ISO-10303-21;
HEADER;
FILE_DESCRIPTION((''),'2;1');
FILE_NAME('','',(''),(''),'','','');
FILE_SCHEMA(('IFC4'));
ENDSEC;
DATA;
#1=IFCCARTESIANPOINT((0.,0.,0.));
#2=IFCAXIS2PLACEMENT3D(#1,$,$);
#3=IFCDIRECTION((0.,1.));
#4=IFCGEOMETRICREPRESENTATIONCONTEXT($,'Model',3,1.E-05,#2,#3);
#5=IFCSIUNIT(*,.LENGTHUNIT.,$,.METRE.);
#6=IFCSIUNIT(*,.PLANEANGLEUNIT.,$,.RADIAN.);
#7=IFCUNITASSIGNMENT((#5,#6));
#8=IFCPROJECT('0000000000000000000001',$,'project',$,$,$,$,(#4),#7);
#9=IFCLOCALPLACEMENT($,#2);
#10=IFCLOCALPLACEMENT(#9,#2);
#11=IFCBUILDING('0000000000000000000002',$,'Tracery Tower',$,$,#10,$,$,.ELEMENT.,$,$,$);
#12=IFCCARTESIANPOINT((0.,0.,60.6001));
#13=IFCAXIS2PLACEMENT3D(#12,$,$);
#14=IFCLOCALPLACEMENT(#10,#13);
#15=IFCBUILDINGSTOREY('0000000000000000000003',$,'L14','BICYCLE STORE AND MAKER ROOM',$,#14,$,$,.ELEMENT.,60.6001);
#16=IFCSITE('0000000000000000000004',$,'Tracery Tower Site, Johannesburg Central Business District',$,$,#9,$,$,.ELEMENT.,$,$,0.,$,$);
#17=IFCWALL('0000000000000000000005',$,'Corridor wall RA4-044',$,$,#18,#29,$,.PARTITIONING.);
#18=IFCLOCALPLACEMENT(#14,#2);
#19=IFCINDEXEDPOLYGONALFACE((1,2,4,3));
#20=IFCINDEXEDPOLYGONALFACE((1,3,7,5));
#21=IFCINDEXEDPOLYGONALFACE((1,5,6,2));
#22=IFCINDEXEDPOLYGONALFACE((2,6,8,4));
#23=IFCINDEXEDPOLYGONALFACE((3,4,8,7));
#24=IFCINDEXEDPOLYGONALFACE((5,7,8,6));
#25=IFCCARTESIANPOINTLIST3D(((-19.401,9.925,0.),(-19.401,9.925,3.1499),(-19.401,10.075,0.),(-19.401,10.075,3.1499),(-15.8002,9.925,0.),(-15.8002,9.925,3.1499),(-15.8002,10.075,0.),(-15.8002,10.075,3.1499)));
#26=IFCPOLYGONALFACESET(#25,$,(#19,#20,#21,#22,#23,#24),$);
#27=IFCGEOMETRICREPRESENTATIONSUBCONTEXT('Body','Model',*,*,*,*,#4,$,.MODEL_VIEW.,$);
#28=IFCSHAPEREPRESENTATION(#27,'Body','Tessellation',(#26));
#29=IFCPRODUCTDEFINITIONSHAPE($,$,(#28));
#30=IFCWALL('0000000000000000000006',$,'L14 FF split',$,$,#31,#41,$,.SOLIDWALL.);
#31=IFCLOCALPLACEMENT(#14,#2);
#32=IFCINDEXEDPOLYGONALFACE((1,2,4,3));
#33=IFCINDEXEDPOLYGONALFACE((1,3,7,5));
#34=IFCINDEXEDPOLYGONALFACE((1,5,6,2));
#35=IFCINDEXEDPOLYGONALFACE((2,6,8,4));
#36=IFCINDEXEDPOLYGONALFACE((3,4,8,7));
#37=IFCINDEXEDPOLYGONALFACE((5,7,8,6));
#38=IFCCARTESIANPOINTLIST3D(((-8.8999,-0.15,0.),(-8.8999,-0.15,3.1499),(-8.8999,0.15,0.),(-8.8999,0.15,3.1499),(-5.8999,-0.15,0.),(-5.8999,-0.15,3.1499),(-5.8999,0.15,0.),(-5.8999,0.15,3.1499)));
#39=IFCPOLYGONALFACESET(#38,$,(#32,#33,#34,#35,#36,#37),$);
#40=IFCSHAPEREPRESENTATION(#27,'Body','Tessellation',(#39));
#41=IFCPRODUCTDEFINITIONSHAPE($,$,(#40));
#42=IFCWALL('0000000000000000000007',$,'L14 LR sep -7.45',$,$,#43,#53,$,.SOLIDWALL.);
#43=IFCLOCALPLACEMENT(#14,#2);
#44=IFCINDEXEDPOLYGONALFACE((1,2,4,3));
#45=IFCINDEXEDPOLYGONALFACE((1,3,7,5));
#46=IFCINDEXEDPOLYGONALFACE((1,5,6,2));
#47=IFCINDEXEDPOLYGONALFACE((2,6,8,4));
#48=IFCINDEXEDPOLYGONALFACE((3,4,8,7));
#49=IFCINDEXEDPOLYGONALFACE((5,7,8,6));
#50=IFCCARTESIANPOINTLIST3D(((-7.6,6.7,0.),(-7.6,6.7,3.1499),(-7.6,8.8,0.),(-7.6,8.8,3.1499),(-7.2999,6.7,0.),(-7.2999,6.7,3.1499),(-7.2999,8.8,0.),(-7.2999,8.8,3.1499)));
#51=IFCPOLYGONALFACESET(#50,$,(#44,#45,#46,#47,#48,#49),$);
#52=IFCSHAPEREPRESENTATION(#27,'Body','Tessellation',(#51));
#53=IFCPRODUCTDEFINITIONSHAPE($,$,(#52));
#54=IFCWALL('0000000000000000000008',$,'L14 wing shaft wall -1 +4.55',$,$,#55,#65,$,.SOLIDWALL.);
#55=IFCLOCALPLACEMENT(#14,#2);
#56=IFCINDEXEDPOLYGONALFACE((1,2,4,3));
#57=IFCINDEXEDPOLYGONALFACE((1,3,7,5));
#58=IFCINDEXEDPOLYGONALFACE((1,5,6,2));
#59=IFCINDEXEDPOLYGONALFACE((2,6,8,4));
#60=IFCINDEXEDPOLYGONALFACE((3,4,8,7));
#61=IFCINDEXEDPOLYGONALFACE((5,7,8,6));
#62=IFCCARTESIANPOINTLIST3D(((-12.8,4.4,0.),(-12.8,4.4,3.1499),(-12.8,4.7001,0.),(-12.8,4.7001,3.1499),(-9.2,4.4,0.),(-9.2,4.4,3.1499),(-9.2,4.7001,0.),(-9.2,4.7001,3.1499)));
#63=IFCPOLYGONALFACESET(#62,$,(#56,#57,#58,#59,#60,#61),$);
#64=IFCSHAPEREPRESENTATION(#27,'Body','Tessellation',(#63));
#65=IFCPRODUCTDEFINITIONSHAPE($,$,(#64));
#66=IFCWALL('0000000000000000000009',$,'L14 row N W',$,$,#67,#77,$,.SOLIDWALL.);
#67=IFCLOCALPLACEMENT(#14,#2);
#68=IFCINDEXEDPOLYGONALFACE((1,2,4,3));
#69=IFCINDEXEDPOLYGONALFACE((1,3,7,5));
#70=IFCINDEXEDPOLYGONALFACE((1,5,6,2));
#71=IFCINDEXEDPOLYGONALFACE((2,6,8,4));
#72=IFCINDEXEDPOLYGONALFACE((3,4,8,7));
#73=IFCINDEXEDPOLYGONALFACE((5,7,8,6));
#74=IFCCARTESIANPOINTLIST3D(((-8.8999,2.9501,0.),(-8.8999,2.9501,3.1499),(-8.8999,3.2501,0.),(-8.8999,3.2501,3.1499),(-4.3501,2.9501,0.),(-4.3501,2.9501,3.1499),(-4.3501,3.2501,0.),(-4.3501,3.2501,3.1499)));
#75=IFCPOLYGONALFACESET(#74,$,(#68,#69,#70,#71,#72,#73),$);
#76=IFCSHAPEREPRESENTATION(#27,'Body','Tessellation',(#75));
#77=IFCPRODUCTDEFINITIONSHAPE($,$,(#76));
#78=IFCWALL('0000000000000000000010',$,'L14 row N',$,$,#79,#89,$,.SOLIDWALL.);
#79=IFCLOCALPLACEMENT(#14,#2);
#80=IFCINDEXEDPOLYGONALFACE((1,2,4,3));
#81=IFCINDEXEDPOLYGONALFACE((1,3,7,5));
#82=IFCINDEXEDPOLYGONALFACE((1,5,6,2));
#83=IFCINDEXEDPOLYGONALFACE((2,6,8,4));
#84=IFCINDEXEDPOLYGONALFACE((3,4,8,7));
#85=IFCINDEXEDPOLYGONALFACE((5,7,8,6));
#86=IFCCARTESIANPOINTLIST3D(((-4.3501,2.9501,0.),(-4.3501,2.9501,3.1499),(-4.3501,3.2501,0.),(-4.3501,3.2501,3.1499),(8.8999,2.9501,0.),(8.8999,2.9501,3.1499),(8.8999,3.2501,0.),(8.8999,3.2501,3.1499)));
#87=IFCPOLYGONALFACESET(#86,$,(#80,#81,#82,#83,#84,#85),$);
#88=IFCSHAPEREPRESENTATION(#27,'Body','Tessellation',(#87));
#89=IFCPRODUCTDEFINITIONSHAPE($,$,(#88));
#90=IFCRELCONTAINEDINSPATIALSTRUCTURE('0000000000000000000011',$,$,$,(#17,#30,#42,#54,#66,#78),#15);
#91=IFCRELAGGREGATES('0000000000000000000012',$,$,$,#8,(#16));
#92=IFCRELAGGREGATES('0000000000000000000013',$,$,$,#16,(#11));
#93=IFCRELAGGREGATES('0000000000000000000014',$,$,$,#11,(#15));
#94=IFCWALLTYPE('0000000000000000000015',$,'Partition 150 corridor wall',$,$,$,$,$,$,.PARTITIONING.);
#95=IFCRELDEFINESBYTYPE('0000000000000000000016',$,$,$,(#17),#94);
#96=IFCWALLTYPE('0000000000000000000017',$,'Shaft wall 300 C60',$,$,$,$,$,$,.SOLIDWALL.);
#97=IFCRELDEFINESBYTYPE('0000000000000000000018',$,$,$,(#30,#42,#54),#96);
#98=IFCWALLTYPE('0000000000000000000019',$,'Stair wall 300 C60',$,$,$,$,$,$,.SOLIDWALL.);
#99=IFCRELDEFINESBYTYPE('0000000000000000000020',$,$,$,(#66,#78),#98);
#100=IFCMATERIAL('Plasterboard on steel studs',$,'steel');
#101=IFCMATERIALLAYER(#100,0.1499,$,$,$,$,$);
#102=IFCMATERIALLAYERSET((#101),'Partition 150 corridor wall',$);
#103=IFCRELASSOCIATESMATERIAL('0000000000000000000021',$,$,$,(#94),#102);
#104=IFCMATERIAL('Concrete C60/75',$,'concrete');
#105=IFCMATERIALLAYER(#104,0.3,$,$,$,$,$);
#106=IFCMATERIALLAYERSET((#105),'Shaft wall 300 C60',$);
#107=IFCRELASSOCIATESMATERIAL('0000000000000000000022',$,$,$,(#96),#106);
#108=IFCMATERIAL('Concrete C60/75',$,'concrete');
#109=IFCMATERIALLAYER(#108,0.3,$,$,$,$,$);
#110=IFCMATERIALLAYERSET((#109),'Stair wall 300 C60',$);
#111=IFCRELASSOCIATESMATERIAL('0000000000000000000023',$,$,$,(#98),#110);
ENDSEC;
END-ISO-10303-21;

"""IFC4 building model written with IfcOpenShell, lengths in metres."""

from ifc_helpers import new_model, si_unit, direction, frame, frame_2d, origin, place, context, subcontext, project, spatial, rectangle, extrude, material, layer, layer_set, type_object, element, save


model = new_model("IFC4")

# Units and contexts
model_context = context("Model", 3, precision=1e-05, world=origin(), true_north=direction((0.0, 1.0)))
body_context = subcontext(model_context, "Body", "Model", "MODEL_VIEW")
ifc_project = project(units=[si_unit("LENGTHUNIT", "METRE"), si_unit("PLANEANGLEUNIT", "RADIAN")], contexts=[model_context])

# Site, building, storey
site_placement = place(None, origin())
site = spatial("IfcSite", under=ifc_project, at=site_placement, Name="Tracery Tower Site, Johannesburg Central Business District", CompositionType="ELEMENT", RefElevation=0.0)
building_placement = place(site_placement, origin())
building = spatial("IfcBuilding", under=site, at=building_placement, Name="Tracery Tower", CompositionType="ELEMENT")
storey_placement = place(building_placement, frame((0.0, 0.0, 60.6001)))
storey = spatial("IfcBuildingStorey", under=building, at=storey_placement, Name="L14", Description="BICYCLE STORE AND MAKER ROOM", CompositionType="ELEMENT", Elevation=60.6001)

# Shared definitions
ifc_material_1 = material(Name="Plasterboard on steel studs", Category="steel")
ifc_layer_1 = layer(ifc_material_1, 0.1499)
ifc_layer_set_1 = layer_set([ifc_layer_1], Name="Partition 150 corridor wall")
wall_type_1 = type_object("IfcWallType", Name="Partition 150 corridor wall", PredefinedType="PARTITIONING", material=ifc_layer_set_1)

# Walls
wall_1_placement = place(storey_placement, frame((-19.4009, 10.0, 0.0), z_axis=(0.0, 0.0, 1.0), x_axis=(1.0, 0.0, 0.0)))
element("IfcWall", 1, at=wall_1_placement, inside=storey, type_object=wall_type_1, Name="Corridor wall RA4-044", PredefinedType="PARTITIONING", context=body_context, shape_type="SweptSolid", body=[
    extrude(rectangle(XDim=3.6008, YDim=0.1499, at=frame_2d((1.8003, 0.0))), origin(), (0.0, 0.0, 1.0), 3.1499),
])
ifc_material_2 = material(Name="Concrete C60/75", Category="concrete")
ifc_layer_2 = layer(ifc_material_2, 0.3)
ifc_layer_set_2 = layer_set([ifc_layer_2], Name="Shaft wall 300 C60")
wall_type_2 = type_object("IfcWallType", Name="Shaft wall 300 C60", PredefinedType="SOLIDWALL", material=ifc_layer_set_2)
wall_2_placement = place(storey_placement, frame((-8.8999, 0.0, 0.0), z_axis=(0.0, 0.0, 1.0), x_axis=(1.0, 0.0, 0.0)))
element("IfcWall", 2, at=wall_2_placement, inside=storey, type_object=wall_type_2, Name="L14 FF split", PredefinedType="SOLIDWALL", context=body_context, shape_type="SweptSolid", body=[
    extrude(rectangle(XDim=3.0, YDim=0.3, at=frame_2d((1.5, 0.0))), origin(), (0.0, 0.0, 1.0), 3.1499),
])
wall_3_placement = place(storey_placement, frame((-7.45, 6.7, 0.0), z_axis=(0.0, 0.0, 1.0), x_axis=(0.0, 1.0, 0.0)))
element("IfcWall", 3, at=wall_3_placement, inside=storey, type_object=wall_type_2, Name="L14 LR sep -7.45", PredefinedType="SOLIDWALL", context=body_context, shape_type="SweptSolid", body=[
    extrude(rectangle(XDim=2.1001, YDim=0.3, at=frame_2d((1.05, 0.0))), origin(), (0.0, 0.0, 1.0), 3.1499),
])

# Wall
wall_4_placement = place(storey_placement, frame((-12.8, 4.55, 0.0), z_axis=(0.0, 0.0, 1.0), x_axis=(1.0, 0.0, 0.0)))
element("IfcWall", 4, at=wall_4_placement, inside=storey, type_object=wall_type_2, Name="L14 wing shaft wall -1 +4.55", PredefinedType="SOLIDWALL", context=body_context, shape_type="SweptSolid", body=[
    extrude(rectangle(XDim=3.6001, YDim=0.3, at=frame_2d((1.8, 0.0))), origin(), (0.0, 0.0, 1.0), 3.1499),
])

# Walls
ifc_material_3 = material(Name="Concrete C60/75", Category="concrete")
ifc_layer_3 = layer(ifc_material_3, 0.3)
ifc_layer_set_3 = layer_set([ifc_layer_3], Name="Stair wall 300 C60")
wall_type_3 = type_object("IfcWallType", Name="Stair wall 300 C60", PredefinedType="SOLIDWALL", material=ifc_layer_set_3)
wall_5_placement = place(storey_placement, frame((-8.8999, 3.1001, 0.0), z_axis=(0.0, 0.0, 1.0), x_axis=(1.0, 0.0, 0.0)))
element("IfcWall", 5, at=wall_5_placement, inside=storey, type_object=wall_type_3, Name="L14 row N W", PredefinedType="SOLIDWALL", context=body_context, shape_type="SweptSolid", body=[
    extrude(rectangle(XDim=4.5498, YDim=0.3, at=frame_2d((2.2749, 0.0))), origin(), (0.0, 0.0, 1.0), 3.1499),
])
wall_6_placement = place(storey_placement, frame((-4.3501, 3.1001, 0.0), z_axis=(0.0, 0.0, 1.0), x_axis=(1.0, 0.0, 0.0)))
element("IfcWall", 6, at=wall_6_placement, inside=storey, type_object=wall_type_3, Name="L14 row N", PredefinedType="SOLIDWALL", context=body_context, shape_type="SweptSolid", body=[
    extrude(rectangle(XDim=13.25, YDim=0.3, at=frame_2d((6.625, 0.0))), origin(), (0.0, 0.0, 1.0), 3.1499),
])

save(model, "model.ifc")
